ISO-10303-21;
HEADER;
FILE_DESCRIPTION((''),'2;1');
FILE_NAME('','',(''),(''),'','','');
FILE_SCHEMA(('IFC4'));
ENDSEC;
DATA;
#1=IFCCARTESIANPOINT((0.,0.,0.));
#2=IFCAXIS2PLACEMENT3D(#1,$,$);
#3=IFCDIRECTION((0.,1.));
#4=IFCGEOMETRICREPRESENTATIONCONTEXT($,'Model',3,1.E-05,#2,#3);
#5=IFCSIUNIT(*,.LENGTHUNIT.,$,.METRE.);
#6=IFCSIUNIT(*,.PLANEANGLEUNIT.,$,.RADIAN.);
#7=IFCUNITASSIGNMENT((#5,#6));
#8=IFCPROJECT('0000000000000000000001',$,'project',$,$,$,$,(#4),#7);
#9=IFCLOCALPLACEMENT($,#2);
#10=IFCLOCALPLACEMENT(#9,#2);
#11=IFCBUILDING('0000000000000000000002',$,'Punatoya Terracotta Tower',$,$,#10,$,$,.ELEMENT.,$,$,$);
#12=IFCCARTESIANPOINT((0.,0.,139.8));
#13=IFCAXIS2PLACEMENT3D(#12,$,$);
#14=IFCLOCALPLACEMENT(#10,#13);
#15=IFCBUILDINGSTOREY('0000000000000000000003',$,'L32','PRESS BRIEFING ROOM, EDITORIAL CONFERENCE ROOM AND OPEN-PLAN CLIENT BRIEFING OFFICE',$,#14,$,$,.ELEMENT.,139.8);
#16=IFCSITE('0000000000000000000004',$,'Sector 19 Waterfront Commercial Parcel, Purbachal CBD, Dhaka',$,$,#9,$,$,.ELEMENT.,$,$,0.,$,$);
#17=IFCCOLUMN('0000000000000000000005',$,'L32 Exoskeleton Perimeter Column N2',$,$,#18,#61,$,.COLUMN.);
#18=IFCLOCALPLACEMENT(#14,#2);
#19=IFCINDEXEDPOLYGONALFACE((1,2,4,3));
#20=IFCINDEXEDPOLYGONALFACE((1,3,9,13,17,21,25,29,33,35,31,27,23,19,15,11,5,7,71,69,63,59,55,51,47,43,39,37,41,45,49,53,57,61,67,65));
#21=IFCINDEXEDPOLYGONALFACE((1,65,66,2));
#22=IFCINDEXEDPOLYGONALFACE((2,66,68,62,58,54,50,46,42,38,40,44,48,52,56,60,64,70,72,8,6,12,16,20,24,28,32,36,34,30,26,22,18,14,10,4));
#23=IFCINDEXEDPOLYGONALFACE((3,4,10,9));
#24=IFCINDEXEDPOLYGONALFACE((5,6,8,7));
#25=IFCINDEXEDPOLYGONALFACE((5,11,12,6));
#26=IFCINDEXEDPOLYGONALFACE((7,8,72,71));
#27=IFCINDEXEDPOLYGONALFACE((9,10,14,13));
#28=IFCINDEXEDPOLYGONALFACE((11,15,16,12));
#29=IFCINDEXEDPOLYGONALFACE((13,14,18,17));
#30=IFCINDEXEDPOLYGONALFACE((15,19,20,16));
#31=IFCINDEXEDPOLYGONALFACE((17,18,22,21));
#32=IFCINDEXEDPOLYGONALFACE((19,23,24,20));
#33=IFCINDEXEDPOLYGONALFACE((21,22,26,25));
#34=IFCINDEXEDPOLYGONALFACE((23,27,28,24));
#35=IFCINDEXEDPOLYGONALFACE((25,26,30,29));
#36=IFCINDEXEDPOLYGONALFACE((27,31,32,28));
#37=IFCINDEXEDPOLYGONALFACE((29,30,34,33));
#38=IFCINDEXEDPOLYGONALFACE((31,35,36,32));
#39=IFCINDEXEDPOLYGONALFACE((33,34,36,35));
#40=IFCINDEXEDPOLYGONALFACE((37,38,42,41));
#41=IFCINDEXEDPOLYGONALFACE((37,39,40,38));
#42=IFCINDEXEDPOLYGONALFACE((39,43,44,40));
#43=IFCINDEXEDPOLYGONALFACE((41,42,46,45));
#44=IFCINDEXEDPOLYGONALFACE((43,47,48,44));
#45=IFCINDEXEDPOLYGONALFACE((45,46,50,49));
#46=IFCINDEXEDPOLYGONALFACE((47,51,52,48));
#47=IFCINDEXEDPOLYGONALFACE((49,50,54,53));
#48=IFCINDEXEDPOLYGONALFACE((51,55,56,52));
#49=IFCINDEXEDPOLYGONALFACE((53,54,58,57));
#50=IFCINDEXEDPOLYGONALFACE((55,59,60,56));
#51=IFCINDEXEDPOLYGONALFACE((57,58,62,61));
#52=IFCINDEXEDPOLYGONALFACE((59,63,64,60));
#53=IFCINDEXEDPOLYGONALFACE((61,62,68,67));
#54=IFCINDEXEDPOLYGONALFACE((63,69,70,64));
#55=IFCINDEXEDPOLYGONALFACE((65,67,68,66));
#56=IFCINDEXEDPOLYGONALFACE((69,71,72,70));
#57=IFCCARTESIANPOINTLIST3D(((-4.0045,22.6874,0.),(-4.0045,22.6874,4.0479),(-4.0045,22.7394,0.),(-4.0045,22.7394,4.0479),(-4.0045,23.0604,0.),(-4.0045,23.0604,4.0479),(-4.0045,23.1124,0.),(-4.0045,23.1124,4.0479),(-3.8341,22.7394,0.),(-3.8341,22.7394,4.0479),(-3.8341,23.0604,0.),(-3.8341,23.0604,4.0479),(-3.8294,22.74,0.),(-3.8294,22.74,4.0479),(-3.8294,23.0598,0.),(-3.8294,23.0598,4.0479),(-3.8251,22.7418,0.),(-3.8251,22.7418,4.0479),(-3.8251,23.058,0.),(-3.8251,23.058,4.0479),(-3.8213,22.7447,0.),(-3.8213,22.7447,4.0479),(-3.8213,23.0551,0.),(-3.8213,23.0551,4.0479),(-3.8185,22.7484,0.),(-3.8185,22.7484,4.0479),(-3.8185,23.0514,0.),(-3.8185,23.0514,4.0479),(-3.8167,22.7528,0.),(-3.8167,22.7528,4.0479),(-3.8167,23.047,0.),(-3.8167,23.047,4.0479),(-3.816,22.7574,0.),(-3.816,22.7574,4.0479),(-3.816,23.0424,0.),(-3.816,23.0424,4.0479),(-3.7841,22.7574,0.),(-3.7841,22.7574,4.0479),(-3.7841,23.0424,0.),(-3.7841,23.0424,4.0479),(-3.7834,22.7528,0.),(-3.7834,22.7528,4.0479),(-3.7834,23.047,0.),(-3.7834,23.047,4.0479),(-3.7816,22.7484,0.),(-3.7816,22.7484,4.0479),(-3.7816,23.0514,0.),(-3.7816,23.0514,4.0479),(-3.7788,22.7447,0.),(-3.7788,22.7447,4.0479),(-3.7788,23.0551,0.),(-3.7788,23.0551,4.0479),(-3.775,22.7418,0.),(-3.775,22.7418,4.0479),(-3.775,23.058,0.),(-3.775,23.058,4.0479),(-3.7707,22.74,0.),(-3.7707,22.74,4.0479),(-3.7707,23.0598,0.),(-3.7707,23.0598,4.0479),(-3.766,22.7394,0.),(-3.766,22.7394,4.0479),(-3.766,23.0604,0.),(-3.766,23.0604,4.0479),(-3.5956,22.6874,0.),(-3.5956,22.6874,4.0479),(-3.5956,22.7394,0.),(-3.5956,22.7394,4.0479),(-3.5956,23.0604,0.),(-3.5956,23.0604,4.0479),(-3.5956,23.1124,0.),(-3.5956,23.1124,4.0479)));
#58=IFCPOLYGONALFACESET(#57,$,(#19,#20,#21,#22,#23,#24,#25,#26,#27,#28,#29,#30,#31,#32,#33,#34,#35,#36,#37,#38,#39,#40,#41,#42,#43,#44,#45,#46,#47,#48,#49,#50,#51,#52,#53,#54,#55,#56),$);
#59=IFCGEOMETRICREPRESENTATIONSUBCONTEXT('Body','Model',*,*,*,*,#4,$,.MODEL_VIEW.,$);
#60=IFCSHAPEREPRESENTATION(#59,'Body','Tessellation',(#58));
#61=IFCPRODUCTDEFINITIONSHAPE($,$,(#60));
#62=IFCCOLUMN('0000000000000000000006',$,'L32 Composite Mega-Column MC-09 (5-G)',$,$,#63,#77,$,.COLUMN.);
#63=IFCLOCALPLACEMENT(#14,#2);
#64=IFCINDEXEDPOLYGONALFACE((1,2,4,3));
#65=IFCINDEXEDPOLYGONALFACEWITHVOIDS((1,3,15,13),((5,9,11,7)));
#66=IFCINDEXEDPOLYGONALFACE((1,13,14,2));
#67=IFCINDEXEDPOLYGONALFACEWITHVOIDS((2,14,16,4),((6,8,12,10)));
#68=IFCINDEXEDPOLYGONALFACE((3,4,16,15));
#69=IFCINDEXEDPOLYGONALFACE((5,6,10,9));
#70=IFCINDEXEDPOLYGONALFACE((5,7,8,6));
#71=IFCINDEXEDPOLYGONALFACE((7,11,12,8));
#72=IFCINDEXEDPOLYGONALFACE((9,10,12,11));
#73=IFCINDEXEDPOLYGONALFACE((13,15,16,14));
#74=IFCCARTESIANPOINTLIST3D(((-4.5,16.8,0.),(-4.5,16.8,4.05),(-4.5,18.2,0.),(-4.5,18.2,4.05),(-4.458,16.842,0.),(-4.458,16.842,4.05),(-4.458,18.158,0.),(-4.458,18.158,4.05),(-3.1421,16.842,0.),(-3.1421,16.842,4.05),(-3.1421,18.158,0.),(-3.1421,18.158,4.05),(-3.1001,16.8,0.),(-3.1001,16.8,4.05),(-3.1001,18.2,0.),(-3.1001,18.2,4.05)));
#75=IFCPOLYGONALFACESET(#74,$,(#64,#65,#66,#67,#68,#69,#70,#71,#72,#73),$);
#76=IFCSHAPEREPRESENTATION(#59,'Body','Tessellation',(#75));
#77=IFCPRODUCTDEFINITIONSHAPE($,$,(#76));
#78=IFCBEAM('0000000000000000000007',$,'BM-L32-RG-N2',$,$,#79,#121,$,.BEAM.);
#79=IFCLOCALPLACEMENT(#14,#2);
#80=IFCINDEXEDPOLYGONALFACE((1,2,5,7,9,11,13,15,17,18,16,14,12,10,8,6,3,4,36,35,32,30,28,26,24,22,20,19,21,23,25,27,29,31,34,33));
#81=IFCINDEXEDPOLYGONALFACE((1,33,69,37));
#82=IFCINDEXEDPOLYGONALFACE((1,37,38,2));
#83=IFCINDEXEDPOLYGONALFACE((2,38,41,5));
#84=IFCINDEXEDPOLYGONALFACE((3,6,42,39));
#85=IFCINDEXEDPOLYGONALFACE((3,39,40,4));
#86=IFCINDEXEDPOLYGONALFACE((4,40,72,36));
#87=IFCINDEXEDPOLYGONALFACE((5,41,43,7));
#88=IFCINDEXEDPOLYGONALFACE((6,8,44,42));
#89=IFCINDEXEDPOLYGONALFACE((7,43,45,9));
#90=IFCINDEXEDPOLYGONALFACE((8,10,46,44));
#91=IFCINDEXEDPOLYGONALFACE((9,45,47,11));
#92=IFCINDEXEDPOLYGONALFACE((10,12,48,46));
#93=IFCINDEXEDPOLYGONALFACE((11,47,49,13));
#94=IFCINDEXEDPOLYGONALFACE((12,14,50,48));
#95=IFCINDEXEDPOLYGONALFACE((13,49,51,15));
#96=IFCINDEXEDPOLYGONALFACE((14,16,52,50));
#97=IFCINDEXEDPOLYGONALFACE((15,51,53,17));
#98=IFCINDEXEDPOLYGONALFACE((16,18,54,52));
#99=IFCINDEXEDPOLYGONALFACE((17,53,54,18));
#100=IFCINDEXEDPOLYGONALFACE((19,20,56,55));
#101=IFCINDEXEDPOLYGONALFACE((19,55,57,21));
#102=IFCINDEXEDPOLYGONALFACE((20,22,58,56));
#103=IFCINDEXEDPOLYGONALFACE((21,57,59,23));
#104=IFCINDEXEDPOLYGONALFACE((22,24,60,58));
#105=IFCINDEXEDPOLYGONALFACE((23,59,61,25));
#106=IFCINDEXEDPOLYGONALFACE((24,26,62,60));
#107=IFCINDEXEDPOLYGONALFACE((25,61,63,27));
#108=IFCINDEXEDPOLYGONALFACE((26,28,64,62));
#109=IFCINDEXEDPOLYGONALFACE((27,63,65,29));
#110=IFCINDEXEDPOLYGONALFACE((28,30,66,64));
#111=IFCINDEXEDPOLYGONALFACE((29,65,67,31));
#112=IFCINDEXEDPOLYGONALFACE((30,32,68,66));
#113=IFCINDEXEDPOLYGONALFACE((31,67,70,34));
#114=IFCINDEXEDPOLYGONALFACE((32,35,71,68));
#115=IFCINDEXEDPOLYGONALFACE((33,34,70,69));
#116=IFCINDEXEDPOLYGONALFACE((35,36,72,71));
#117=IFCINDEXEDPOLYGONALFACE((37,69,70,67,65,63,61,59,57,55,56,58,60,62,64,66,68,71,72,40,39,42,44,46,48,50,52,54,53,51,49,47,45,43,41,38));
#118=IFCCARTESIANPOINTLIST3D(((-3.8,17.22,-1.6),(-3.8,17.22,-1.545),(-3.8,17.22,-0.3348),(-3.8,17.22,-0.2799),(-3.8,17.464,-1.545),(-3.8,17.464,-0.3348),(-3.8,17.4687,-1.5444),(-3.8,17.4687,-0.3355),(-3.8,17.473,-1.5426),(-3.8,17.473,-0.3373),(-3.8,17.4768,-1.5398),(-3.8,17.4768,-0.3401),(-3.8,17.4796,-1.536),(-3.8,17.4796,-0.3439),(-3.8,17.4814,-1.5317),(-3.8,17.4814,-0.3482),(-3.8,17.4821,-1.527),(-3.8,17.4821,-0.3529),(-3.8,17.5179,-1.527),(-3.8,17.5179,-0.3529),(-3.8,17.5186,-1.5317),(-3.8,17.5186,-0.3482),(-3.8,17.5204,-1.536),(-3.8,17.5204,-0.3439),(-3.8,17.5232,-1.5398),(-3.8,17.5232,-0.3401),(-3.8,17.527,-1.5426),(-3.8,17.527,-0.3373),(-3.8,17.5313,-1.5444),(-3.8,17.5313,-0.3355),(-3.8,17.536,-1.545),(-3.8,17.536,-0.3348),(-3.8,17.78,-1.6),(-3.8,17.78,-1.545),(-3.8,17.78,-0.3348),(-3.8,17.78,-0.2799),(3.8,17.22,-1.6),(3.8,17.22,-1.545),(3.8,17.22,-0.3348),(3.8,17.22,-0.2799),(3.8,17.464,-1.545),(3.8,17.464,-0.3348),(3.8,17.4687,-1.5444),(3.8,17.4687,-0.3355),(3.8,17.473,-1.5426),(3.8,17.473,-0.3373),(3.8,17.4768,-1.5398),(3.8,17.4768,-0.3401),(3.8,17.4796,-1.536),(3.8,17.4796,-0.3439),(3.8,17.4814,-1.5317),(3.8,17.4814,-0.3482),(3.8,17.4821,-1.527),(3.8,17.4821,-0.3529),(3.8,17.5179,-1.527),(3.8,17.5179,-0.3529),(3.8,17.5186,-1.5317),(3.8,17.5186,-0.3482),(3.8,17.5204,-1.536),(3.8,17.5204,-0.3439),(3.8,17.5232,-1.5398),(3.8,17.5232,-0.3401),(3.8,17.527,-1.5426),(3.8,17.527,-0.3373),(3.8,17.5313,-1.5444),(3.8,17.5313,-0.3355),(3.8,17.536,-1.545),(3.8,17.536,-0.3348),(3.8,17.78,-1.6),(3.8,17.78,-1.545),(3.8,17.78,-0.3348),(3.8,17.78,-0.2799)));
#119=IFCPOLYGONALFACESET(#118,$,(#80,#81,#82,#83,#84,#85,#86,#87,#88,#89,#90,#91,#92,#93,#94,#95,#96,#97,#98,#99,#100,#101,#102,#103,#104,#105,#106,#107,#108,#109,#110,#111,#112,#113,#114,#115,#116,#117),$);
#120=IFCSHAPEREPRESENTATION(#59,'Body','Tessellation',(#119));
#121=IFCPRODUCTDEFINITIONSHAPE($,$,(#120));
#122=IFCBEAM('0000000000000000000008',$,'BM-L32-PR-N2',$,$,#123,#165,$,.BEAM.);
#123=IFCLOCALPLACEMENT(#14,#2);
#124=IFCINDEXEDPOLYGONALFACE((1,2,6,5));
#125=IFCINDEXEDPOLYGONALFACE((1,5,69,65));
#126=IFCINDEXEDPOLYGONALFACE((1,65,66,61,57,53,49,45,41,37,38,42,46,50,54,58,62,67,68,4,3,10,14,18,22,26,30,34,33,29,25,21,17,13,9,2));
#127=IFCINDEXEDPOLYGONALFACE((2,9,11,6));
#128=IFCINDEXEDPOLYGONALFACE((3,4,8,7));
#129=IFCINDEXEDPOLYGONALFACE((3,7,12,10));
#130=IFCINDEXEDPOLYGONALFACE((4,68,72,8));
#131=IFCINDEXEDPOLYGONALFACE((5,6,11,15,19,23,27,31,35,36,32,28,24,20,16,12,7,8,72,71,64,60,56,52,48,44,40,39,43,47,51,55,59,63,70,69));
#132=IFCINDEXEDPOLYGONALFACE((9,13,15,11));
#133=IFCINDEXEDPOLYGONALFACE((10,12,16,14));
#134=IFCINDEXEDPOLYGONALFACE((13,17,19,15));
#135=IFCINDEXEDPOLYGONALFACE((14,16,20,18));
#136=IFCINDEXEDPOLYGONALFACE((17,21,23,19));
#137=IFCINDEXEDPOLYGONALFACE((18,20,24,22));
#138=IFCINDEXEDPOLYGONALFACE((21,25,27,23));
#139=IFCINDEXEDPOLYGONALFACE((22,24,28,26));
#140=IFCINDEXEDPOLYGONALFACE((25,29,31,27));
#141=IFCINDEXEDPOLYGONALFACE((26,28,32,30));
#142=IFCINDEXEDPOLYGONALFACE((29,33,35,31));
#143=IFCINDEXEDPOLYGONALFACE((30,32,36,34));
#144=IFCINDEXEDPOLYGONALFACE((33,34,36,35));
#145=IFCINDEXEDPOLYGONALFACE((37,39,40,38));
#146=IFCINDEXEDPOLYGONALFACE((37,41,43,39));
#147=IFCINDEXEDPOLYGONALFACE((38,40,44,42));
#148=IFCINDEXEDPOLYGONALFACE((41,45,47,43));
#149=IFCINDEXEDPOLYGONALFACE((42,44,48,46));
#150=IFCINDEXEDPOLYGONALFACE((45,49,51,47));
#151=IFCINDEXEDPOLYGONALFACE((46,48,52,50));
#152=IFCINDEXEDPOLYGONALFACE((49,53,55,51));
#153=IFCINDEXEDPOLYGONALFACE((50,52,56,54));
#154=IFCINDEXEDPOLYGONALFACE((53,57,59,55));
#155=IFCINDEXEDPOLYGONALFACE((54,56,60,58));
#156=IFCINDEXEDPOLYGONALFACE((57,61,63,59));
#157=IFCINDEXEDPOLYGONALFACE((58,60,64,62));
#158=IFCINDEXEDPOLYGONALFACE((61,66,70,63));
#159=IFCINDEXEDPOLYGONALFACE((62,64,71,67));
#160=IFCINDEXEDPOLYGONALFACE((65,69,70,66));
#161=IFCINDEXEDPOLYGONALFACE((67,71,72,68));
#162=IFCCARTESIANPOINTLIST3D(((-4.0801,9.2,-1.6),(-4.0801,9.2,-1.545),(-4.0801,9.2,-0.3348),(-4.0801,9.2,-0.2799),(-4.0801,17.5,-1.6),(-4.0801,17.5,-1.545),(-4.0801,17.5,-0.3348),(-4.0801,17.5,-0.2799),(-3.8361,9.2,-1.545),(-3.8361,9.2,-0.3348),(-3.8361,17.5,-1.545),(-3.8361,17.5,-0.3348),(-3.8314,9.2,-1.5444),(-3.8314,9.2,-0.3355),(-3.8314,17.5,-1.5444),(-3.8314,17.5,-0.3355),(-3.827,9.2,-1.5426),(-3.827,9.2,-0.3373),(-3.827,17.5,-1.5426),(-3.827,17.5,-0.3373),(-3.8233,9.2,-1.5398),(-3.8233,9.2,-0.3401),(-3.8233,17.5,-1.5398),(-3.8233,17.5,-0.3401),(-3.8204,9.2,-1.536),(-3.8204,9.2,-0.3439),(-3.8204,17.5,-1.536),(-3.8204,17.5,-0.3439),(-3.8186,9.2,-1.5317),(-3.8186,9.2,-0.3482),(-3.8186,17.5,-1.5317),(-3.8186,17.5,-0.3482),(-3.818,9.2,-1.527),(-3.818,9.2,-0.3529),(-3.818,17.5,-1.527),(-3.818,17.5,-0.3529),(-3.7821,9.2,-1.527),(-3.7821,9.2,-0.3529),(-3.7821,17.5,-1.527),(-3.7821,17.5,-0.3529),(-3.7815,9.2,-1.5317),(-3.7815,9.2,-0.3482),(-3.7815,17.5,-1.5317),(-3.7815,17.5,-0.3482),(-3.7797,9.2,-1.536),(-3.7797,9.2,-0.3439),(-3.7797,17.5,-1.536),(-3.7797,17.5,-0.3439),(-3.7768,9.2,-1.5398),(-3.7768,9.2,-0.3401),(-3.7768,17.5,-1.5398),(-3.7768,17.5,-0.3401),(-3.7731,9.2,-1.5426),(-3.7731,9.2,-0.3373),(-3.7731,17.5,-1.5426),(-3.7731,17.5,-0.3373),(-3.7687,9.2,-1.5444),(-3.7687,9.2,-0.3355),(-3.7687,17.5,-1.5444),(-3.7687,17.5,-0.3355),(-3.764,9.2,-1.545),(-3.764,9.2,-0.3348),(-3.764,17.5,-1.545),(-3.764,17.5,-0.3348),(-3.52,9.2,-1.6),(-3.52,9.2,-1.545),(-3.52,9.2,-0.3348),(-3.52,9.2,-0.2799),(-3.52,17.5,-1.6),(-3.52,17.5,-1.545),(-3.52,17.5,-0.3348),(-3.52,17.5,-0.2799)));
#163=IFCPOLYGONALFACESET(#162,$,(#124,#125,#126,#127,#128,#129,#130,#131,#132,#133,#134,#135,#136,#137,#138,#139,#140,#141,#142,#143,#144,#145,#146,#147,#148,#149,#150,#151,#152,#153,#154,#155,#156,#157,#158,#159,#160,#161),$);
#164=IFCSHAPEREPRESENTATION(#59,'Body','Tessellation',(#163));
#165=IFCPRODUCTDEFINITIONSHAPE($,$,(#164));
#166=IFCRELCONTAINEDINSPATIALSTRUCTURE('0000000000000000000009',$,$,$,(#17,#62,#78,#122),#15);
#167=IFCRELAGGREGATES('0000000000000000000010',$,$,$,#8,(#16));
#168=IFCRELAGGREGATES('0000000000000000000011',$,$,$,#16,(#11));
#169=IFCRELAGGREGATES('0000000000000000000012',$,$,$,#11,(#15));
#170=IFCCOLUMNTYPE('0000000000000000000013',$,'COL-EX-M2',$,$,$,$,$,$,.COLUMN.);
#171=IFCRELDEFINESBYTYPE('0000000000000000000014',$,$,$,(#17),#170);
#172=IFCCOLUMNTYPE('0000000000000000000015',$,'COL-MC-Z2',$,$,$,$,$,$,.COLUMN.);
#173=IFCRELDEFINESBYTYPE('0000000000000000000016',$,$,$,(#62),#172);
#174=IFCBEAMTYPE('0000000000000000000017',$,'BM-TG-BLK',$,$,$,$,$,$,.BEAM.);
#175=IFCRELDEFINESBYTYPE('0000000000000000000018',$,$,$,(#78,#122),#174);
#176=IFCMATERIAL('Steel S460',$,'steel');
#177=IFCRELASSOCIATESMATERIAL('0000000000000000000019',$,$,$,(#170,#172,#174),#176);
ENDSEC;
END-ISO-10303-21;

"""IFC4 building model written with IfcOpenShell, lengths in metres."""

from ifc_helpers import new_model, si_unit, direction, frame, origin, origin_2d, place, context, subcontext, project, spatial, hollow_rectangle, i_section, extrude, material, material_profile, profile_set, type_object, element, save


model = new_model("IFC4")

# Units and contexts
model_context = context("Model", 3, precision=1e-05, world=origin(), true_north=direction((0.0, 1.0)))
body_context = subcontext(model_context, "Body", "Model", "MODEL_VIEW")
ifc_project = project(units=[si_unit("LENGTHUNIT", "METRE"), si_unit("PLANEANGLEUNIT", "RADIAN")], contexts=[model_context])

# Site, building, storey
site_placement = place(None, origin())
site = spatial("IfcSite", under=ifc_project, at=site_placement, Name="Sector 19 Waterfront Commercial Parcel, Purbachal CBD, Dhaka", CompositionType="ELEMENT", RefElevation=0.0)
building_placement = place(site_placement, origin())
building = spatial("IfcBuilding", under=site, at=building_placement, Name="Punatoya Terracotta Tower", CompositionType="ELEMENT")
storey_placement = place(building_placement, frame((0.0, 0.0, 139.8)))
storey = spatial("IfcBuildingStorey", under=building, at=storey_placement, Name="L32", Description="PRESS BRIEFING ROOM, EDITORIAL CONFERENCE ROOM AND OPEN-PLAN CLIENT BRIEFING OFFICE", CompositionType="ELEMENT", Elevation=139.8)

# Columns
ifc_material_1 = material(Name="Steel S460", Category="steel")
ifc_material_profile_1 = material_profile(ifc_material_1, i_section(OverallWidth=0.4089, OverallDepth=0.425, WebThickness=0.032, FlangeThickness=0.052, FilletRadius=0.0181, at=origin_2d()))
ifc_profile_set_1 = profile_set([ifc_material_profile_1], Name="Steel S460")
column_type_1 = type_object("IfcColumnType", Name="COL-EX-M2", PredefinedType="COLUMN", material=ifc_profile_set_1)
column_1_placement = place(storey_placement, frame((-3.8, 22.8999, 0.0), z_axis=(0.0, 0.0, 1.0), x_axis=(1.0, 0.0, 0.0)))
element("IfcColumn", 1, at=column_1_placement, inside=storey, type_object=column_type_1, Name="L32 Exoskeleton Perimeter Column N2", PredefinedType="COLUMN", context=body_context, shape_type="SweptSolid", body=[
    extrude(i_section(OverallWidth=0.4089, OverallDepth=0.425, WebThickness=0.032, FlangeThickness=0.052, FilletRadius=0.0181, at=origin_2d()), origin(), (0.0, 0.0, 1.0), 4.0479),
])
ifc_material_profile_2 = material_profile(ifc_material_1, hollow_rectangle(XDim=1.3999, YDim=1.3999, WallThickness=0.042, at=origin_2d()))
ifc_profile_set_2 = profile_set([ifc_material_profile_2], Name="Steel S460")
column_type_2 = type_object("IfcColumnType", Name="COL-MC-Z2", PredefinedType="COLUMN", material=ifc_profile_set_2)
column_2_placement = place(storey_placement, frame((-3.8, 17.5, 0.0), z_axis=(0.0, 0.0, 1.0), x_axis=(1.0, 0.0, 0.0)))
element("IfcColumn", 2, at=column_2_placement, inside=storey, type_object=column_type_2, Name="L32 Composite Mega-Column MC-09 (5-G)", PredefinedType="COLUMN", context=body_context, shape_type="SweptSolid", body=[
    extrude(hollow_rectangle(XDim=1.3999, YDim=1.3999, WallThickness=0.042, at=origin_2d()), origin(), (0.0, 0.0, 1.0), 4.05),
])

# Beams
ifc_material_profile_3 = material_profile(ifc_material_1, i_section(OverallWidth=0.5601, OverallDepth=1.3201, WebThickness=0.0359, FlangeThickness=0.0549, FilletRadius=0.0181, at=origin_2d()))
ifc_profile_set_3 = profile_set([ifc_material_profile_3], Name="Steel S460")
beam_type = type_object("IfcBeamType", Name="BM-TG-BLK", PredefinedType="BEAM", material=ifc_profile_set_3)
beam_1_placement = place(storey_placement, frame((-3.8, 17.5, -0.9399), z_axis=(1.0, 0.0, 0.0), x_axis=(0.0, 1.0, 0.0)))
element("IfcBeam", 3, at=beam_1_placement, inside=storey, type_object=beam_type, Name="BM-L32-RG-N2", PredefinedType="BEAM", context=body_context, shape_type="SweptSolid", body=[
    extrude(i_section(OverallWidth=0.5601, OverallDepth=1.3201, WebThickness=0.0359, FlangeThickness=0.0549, FilletRadius=0.0181, at=origin_2d()), origin(), (0.0, 0.0, 1.0), 7.6001),
])
beam_2_placement = place(storey_placement, frame((-3.8, 9.2, -0.9399), z_axis=(0.0, 1.0, 0.0), x_axis=(-1.0, 0.0, 0.0)))
element("IfcBeam", 4, at=beam_2_placement, inside=storey, type_object=beam_type, Name="BM-L32-PR-N2", PredefinedType="BEAM", context=body_context, shape_type="SweptSolid", body=[
    extrude(i_section(OverallWidth=0.5601, OverallDepth=1.3201, WebThickness=0.0359, FlangeThickness=0.0549, FilletRadius=0.0181, at=origin_2d()), origin(), (0.0, 0.0, 1.0), 8.3),
])

save(model, "model.ifc")
